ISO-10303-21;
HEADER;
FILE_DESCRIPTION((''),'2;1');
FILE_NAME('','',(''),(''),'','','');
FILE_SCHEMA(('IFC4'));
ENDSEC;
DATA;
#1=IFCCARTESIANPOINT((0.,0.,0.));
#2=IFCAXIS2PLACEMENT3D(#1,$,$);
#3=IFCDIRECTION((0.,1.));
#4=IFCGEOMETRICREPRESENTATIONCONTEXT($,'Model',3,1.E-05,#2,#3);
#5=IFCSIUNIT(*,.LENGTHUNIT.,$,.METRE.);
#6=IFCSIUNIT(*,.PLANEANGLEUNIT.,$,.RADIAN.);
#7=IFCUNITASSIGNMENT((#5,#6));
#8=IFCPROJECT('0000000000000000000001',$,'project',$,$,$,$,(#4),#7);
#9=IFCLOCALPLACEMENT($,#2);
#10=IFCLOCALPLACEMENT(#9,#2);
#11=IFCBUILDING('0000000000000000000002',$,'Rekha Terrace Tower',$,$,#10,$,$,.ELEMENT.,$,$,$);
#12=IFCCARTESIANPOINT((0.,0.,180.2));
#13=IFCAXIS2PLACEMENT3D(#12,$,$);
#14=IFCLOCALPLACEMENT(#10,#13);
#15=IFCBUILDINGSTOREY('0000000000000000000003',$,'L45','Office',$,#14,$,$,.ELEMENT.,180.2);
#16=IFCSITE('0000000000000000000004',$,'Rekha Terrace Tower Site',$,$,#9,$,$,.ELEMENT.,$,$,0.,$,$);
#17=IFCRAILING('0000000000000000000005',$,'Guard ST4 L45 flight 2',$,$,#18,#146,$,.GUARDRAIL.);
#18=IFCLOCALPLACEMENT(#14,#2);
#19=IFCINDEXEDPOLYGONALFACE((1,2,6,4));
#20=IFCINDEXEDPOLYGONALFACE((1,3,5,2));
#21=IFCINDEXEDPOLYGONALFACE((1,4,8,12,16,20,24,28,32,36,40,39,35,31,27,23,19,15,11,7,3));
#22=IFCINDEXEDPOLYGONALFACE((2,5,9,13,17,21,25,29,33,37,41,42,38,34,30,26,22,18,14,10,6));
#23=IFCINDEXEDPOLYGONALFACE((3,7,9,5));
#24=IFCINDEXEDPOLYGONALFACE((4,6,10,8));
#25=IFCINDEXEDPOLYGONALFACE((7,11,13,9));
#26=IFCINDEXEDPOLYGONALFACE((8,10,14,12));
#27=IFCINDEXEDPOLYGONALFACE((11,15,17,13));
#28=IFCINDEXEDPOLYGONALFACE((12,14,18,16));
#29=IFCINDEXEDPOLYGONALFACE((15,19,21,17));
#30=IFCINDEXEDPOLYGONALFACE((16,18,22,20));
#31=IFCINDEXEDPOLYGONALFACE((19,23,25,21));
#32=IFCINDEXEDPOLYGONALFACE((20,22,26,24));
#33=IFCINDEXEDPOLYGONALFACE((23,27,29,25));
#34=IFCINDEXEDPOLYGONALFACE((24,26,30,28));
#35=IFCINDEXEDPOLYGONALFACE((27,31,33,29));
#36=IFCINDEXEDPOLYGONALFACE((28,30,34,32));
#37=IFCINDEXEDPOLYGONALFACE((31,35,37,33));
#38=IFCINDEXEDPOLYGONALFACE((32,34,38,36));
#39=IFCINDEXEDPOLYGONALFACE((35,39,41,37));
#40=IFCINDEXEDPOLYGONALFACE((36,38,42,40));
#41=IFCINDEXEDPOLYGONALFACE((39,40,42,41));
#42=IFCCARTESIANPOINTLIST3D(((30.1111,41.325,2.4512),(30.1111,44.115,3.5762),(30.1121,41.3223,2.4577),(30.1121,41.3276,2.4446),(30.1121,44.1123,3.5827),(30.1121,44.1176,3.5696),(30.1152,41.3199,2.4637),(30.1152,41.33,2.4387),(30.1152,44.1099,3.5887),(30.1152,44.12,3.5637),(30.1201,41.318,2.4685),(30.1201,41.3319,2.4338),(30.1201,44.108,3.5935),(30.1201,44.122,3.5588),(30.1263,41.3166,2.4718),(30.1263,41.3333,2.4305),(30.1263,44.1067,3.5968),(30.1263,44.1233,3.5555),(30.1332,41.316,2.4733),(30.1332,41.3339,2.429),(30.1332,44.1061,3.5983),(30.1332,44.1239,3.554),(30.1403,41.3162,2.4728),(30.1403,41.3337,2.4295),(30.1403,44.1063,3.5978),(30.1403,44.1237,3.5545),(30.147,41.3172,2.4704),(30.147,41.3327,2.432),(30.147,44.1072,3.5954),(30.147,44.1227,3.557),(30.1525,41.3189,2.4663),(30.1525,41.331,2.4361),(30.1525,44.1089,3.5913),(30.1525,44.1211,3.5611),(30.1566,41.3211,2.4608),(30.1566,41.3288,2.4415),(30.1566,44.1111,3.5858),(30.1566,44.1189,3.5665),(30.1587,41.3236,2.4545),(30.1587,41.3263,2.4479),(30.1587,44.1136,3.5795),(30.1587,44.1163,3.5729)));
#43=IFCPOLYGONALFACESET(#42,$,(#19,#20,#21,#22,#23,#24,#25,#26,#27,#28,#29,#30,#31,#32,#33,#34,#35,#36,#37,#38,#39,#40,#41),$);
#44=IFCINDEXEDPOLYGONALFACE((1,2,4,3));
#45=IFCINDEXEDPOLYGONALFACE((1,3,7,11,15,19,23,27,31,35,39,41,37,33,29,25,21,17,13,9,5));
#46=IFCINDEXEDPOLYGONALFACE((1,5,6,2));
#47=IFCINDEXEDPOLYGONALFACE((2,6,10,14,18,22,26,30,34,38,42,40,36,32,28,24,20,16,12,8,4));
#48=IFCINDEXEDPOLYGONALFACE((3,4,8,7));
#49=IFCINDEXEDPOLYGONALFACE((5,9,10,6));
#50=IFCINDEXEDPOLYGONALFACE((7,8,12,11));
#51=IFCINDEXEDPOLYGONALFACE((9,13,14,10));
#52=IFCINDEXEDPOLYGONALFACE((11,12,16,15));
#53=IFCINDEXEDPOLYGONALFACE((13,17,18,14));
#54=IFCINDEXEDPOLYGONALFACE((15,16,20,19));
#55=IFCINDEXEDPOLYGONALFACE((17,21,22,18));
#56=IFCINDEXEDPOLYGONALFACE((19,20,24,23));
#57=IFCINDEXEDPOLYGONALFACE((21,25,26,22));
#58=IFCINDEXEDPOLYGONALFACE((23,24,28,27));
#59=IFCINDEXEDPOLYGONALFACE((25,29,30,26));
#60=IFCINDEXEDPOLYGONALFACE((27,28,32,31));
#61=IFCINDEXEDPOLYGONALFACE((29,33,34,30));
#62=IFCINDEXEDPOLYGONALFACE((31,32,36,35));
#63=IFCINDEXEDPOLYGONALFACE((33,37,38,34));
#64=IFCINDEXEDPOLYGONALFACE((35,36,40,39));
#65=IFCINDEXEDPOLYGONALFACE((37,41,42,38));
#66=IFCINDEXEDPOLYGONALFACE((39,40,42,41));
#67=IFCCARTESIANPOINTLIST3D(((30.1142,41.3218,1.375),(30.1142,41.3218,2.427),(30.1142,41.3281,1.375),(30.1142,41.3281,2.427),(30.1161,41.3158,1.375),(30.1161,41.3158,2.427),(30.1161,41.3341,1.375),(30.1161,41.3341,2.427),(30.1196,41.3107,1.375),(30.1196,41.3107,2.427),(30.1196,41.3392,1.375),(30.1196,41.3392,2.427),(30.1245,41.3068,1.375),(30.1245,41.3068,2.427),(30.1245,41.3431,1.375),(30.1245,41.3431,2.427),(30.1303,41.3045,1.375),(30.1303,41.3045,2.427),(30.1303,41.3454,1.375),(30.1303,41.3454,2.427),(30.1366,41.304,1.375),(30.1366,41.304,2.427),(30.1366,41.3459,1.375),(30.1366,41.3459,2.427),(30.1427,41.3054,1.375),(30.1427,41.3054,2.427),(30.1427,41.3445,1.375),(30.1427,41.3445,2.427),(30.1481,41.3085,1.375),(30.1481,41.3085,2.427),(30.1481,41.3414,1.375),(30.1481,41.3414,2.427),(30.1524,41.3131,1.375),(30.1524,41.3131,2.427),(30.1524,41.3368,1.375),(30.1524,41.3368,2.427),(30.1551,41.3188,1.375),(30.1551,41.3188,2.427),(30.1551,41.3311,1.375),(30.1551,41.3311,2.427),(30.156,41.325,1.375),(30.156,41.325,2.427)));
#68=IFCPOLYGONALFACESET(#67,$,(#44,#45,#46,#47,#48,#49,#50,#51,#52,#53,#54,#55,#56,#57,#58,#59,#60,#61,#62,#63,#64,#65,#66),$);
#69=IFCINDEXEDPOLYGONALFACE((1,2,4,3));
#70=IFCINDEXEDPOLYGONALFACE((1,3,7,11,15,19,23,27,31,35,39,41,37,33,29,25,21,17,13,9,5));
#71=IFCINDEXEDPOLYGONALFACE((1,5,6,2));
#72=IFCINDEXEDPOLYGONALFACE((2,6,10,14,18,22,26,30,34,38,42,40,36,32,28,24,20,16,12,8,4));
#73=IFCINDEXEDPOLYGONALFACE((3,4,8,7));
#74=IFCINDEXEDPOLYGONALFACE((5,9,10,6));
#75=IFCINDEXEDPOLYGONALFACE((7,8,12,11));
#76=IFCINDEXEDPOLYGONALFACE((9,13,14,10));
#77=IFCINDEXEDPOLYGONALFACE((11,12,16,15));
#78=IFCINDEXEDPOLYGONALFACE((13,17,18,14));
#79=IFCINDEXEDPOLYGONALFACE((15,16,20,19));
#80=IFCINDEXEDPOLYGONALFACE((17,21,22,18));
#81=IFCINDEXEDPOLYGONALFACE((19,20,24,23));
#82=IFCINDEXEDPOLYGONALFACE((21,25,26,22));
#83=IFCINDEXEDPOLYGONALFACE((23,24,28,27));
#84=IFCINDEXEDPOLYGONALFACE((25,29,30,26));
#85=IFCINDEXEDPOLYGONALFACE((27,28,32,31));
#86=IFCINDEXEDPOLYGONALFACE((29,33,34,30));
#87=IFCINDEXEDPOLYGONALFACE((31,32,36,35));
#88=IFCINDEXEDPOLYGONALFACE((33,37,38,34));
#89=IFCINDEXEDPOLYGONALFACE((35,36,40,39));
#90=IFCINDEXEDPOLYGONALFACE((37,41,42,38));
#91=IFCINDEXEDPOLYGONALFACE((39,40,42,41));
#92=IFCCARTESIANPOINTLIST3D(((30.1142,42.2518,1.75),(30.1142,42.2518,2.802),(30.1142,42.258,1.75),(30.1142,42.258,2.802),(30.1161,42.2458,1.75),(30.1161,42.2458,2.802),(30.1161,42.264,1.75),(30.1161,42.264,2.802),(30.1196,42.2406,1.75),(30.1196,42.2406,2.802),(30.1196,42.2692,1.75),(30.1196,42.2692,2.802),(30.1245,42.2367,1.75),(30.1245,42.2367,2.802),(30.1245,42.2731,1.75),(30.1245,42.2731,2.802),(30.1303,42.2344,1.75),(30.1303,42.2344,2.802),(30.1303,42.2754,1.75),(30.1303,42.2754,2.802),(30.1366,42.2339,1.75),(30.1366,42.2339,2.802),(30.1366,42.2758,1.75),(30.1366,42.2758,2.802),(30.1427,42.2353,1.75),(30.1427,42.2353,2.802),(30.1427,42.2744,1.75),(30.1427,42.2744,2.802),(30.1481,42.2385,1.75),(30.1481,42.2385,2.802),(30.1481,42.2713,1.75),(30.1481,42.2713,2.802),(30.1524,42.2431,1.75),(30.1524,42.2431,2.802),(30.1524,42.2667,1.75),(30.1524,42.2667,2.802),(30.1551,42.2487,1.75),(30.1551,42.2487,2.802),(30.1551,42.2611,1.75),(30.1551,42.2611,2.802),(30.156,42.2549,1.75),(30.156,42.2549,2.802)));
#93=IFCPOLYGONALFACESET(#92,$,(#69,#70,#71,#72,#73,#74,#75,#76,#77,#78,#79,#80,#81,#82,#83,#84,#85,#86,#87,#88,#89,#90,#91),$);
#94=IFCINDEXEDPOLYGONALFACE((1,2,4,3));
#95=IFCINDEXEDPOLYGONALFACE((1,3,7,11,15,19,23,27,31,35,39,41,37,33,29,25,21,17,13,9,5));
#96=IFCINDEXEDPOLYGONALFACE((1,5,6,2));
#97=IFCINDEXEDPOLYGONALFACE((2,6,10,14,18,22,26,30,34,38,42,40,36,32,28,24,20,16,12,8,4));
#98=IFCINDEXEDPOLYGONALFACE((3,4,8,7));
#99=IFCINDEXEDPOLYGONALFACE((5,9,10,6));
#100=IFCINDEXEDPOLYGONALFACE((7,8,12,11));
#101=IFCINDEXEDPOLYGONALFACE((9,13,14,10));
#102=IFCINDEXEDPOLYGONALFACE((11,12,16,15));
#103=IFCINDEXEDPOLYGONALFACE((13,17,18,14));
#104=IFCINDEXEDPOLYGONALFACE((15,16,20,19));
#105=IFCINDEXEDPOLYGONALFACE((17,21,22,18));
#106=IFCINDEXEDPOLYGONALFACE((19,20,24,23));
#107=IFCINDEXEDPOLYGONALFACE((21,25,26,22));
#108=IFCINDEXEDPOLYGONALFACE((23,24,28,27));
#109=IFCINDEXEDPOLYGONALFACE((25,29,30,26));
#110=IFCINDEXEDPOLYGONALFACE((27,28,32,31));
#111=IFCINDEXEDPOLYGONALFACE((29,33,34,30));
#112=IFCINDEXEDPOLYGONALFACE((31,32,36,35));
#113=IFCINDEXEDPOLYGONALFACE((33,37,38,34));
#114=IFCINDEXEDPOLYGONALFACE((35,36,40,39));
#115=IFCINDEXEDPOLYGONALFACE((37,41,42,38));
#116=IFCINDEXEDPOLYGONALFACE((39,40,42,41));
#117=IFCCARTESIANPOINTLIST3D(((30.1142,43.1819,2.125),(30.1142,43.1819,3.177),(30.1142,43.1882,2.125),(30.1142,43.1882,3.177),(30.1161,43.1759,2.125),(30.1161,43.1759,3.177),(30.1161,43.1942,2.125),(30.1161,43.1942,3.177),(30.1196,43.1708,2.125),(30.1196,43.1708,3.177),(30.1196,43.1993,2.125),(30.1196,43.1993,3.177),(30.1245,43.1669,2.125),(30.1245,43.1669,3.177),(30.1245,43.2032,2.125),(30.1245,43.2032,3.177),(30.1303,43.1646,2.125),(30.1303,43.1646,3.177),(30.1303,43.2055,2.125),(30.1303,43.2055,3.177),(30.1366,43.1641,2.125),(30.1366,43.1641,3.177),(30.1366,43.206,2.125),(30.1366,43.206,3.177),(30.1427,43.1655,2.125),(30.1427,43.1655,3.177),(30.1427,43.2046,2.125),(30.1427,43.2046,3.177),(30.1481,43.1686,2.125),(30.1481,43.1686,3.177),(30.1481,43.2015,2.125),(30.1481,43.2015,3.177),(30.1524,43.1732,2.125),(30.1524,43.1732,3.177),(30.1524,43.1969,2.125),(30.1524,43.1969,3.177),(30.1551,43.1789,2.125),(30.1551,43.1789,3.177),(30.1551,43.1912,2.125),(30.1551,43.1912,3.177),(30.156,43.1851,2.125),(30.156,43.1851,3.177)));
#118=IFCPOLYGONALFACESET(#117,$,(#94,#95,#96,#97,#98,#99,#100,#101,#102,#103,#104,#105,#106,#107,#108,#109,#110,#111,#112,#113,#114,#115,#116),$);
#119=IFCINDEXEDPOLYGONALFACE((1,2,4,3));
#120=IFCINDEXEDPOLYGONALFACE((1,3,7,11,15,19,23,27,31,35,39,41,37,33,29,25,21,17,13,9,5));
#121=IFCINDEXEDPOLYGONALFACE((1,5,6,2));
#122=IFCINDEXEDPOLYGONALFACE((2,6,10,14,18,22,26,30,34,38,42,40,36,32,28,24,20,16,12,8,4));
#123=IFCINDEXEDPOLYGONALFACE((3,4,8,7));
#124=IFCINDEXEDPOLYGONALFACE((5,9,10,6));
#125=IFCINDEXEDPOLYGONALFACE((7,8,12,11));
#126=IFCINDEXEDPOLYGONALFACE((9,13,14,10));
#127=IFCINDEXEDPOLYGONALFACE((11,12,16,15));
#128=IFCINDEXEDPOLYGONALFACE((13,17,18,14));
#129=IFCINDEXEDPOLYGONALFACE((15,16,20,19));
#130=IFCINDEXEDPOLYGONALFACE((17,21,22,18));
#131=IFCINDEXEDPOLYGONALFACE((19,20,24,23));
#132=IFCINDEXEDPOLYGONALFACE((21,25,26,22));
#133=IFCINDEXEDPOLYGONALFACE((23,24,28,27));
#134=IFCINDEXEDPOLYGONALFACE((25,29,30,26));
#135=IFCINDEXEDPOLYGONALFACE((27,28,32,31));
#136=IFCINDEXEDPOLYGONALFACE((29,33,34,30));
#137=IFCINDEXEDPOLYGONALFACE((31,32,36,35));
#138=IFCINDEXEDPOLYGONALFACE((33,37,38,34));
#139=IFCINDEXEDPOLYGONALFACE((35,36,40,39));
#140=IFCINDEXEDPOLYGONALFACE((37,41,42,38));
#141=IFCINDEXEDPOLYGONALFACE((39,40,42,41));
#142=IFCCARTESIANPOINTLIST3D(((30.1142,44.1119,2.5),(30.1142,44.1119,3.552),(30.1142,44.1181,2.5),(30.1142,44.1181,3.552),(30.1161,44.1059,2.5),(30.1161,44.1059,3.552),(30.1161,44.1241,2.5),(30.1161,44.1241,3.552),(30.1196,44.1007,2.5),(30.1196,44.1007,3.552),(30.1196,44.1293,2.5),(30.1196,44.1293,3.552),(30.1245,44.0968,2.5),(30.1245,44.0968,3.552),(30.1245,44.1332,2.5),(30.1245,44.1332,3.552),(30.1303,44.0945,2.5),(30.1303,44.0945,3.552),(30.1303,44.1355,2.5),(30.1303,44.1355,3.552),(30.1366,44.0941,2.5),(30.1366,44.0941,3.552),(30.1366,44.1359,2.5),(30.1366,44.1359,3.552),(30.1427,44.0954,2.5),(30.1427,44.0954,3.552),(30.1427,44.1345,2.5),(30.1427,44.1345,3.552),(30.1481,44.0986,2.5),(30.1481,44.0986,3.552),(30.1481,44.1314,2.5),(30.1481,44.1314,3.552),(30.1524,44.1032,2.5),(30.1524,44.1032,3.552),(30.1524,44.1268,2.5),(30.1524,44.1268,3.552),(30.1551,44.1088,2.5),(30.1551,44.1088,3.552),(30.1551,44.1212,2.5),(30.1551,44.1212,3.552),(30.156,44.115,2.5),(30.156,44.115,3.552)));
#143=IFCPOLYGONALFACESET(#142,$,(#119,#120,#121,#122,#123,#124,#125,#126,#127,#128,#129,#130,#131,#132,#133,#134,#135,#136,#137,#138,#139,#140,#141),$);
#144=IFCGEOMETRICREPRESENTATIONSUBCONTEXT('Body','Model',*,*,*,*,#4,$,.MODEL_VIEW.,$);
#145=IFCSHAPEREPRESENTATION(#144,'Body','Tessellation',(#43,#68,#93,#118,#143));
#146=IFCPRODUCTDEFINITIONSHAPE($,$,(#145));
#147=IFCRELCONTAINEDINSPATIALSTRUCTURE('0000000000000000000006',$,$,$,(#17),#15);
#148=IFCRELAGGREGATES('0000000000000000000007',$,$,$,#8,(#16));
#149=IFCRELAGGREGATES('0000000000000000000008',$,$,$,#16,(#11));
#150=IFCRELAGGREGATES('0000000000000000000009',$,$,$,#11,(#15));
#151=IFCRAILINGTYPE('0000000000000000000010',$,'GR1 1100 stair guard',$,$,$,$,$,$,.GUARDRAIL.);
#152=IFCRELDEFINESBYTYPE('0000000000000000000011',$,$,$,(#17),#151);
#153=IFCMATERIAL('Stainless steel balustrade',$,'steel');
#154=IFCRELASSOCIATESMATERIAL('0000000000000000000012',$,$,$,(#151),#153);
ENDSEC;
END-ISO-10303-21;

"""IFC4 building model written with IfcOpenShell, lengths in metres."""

from ifc_helpers import new_model, si_unit, direction, frame, origin, origin_2d, place, context, subcontext, project, spatial, circle, extrude, material, type_object, element, save


model = new_model("IFC4")

# Units and contexts
model_context = context("Model", 3, precision=1e-05, world=origin(), true_north=direction((0.0, 1.0)))
body_context = subcontext(model_context, "Body", "Model", "MODEL_VIEW")
ifc_project = project(units=[si_unit("LENGTHUNIT", "METRE"), si_unit("PLANEANGLEUNIT", "RADIAN")], contexts=[model_context])

# Site, building, storey
site_placement = place(None, origin())
site = spatial("IfcSite", under=ifc_project, at=site_placement, Name="Rekha Terrace Tower Site", CompositionType="ELEMENT", RefElevation=0.0)
building_placement = place(site_placement, origin())
building = spatial("IfcBuilding", under=site, at=building_placement, Name="Rekha Terrace Tower", CompositionType="ELEMENT")
storey_placement = place(building_placement, frame((0.0, 0.0, 180.2)))
storey = spatial("IfcBuildingStorey", under=building, at=storey_placement, Name="L45", Description="Office", CompositionType="ELEMENT", Elevation=180.2)

# Railing
ifc_material_1 = material(Name="Stainless steel balustrade", Category="steel")
railing_type_1 = type_object("IfcRailingType", Name="GR1 1100 stair guard", PredefinedType="GUARDRAIL", material=ifc_material_1)
railing_1_placement = place(storey_placement, frame((30.135, 41.325, 1.375)))
element("IfcRailing", 1, at=railing_1_placement, inside=storey, type_object=railing_type_1, Name="Guard ST4 L45 flight 2", PredefinedType="GUARDRAIL", context=body_context, shape_type="SweptSolid", body=[
    extrude(circle(Radius=0.0239, at=origin_2d()), frame((0.0, 0.0, 1.0762), z_axis=(0.0, 0.927443, 0.373964), x_axis=(-1.0, 0.0, 0.0)), (0.0, 0.0, 1.0), 3.0083),
    extrude(circle(Radius=0.021, at=origin_2d()), origin(), (0.0, 0.0, 1.0), 1.052),
    extrude(circle(Radius=0.021, at=origin_2d()), frame((0.0, 0.9299, 0.375)), (0.0, 0.0, 1.0), 1.052),
    extrude(circle(Radius=0.021, at=origin_2d()), frame((0.0, 1.8601, 0.75)), (0.0, 0.0, 1.0), 1.052),
    extrude(circle(Radius=0.021, at=origin_2d()), frame((0.0, 2.79, 1.125)), (0.0, 0.0, 1.0), 1.052),
])

save(model, "model.ifc")
